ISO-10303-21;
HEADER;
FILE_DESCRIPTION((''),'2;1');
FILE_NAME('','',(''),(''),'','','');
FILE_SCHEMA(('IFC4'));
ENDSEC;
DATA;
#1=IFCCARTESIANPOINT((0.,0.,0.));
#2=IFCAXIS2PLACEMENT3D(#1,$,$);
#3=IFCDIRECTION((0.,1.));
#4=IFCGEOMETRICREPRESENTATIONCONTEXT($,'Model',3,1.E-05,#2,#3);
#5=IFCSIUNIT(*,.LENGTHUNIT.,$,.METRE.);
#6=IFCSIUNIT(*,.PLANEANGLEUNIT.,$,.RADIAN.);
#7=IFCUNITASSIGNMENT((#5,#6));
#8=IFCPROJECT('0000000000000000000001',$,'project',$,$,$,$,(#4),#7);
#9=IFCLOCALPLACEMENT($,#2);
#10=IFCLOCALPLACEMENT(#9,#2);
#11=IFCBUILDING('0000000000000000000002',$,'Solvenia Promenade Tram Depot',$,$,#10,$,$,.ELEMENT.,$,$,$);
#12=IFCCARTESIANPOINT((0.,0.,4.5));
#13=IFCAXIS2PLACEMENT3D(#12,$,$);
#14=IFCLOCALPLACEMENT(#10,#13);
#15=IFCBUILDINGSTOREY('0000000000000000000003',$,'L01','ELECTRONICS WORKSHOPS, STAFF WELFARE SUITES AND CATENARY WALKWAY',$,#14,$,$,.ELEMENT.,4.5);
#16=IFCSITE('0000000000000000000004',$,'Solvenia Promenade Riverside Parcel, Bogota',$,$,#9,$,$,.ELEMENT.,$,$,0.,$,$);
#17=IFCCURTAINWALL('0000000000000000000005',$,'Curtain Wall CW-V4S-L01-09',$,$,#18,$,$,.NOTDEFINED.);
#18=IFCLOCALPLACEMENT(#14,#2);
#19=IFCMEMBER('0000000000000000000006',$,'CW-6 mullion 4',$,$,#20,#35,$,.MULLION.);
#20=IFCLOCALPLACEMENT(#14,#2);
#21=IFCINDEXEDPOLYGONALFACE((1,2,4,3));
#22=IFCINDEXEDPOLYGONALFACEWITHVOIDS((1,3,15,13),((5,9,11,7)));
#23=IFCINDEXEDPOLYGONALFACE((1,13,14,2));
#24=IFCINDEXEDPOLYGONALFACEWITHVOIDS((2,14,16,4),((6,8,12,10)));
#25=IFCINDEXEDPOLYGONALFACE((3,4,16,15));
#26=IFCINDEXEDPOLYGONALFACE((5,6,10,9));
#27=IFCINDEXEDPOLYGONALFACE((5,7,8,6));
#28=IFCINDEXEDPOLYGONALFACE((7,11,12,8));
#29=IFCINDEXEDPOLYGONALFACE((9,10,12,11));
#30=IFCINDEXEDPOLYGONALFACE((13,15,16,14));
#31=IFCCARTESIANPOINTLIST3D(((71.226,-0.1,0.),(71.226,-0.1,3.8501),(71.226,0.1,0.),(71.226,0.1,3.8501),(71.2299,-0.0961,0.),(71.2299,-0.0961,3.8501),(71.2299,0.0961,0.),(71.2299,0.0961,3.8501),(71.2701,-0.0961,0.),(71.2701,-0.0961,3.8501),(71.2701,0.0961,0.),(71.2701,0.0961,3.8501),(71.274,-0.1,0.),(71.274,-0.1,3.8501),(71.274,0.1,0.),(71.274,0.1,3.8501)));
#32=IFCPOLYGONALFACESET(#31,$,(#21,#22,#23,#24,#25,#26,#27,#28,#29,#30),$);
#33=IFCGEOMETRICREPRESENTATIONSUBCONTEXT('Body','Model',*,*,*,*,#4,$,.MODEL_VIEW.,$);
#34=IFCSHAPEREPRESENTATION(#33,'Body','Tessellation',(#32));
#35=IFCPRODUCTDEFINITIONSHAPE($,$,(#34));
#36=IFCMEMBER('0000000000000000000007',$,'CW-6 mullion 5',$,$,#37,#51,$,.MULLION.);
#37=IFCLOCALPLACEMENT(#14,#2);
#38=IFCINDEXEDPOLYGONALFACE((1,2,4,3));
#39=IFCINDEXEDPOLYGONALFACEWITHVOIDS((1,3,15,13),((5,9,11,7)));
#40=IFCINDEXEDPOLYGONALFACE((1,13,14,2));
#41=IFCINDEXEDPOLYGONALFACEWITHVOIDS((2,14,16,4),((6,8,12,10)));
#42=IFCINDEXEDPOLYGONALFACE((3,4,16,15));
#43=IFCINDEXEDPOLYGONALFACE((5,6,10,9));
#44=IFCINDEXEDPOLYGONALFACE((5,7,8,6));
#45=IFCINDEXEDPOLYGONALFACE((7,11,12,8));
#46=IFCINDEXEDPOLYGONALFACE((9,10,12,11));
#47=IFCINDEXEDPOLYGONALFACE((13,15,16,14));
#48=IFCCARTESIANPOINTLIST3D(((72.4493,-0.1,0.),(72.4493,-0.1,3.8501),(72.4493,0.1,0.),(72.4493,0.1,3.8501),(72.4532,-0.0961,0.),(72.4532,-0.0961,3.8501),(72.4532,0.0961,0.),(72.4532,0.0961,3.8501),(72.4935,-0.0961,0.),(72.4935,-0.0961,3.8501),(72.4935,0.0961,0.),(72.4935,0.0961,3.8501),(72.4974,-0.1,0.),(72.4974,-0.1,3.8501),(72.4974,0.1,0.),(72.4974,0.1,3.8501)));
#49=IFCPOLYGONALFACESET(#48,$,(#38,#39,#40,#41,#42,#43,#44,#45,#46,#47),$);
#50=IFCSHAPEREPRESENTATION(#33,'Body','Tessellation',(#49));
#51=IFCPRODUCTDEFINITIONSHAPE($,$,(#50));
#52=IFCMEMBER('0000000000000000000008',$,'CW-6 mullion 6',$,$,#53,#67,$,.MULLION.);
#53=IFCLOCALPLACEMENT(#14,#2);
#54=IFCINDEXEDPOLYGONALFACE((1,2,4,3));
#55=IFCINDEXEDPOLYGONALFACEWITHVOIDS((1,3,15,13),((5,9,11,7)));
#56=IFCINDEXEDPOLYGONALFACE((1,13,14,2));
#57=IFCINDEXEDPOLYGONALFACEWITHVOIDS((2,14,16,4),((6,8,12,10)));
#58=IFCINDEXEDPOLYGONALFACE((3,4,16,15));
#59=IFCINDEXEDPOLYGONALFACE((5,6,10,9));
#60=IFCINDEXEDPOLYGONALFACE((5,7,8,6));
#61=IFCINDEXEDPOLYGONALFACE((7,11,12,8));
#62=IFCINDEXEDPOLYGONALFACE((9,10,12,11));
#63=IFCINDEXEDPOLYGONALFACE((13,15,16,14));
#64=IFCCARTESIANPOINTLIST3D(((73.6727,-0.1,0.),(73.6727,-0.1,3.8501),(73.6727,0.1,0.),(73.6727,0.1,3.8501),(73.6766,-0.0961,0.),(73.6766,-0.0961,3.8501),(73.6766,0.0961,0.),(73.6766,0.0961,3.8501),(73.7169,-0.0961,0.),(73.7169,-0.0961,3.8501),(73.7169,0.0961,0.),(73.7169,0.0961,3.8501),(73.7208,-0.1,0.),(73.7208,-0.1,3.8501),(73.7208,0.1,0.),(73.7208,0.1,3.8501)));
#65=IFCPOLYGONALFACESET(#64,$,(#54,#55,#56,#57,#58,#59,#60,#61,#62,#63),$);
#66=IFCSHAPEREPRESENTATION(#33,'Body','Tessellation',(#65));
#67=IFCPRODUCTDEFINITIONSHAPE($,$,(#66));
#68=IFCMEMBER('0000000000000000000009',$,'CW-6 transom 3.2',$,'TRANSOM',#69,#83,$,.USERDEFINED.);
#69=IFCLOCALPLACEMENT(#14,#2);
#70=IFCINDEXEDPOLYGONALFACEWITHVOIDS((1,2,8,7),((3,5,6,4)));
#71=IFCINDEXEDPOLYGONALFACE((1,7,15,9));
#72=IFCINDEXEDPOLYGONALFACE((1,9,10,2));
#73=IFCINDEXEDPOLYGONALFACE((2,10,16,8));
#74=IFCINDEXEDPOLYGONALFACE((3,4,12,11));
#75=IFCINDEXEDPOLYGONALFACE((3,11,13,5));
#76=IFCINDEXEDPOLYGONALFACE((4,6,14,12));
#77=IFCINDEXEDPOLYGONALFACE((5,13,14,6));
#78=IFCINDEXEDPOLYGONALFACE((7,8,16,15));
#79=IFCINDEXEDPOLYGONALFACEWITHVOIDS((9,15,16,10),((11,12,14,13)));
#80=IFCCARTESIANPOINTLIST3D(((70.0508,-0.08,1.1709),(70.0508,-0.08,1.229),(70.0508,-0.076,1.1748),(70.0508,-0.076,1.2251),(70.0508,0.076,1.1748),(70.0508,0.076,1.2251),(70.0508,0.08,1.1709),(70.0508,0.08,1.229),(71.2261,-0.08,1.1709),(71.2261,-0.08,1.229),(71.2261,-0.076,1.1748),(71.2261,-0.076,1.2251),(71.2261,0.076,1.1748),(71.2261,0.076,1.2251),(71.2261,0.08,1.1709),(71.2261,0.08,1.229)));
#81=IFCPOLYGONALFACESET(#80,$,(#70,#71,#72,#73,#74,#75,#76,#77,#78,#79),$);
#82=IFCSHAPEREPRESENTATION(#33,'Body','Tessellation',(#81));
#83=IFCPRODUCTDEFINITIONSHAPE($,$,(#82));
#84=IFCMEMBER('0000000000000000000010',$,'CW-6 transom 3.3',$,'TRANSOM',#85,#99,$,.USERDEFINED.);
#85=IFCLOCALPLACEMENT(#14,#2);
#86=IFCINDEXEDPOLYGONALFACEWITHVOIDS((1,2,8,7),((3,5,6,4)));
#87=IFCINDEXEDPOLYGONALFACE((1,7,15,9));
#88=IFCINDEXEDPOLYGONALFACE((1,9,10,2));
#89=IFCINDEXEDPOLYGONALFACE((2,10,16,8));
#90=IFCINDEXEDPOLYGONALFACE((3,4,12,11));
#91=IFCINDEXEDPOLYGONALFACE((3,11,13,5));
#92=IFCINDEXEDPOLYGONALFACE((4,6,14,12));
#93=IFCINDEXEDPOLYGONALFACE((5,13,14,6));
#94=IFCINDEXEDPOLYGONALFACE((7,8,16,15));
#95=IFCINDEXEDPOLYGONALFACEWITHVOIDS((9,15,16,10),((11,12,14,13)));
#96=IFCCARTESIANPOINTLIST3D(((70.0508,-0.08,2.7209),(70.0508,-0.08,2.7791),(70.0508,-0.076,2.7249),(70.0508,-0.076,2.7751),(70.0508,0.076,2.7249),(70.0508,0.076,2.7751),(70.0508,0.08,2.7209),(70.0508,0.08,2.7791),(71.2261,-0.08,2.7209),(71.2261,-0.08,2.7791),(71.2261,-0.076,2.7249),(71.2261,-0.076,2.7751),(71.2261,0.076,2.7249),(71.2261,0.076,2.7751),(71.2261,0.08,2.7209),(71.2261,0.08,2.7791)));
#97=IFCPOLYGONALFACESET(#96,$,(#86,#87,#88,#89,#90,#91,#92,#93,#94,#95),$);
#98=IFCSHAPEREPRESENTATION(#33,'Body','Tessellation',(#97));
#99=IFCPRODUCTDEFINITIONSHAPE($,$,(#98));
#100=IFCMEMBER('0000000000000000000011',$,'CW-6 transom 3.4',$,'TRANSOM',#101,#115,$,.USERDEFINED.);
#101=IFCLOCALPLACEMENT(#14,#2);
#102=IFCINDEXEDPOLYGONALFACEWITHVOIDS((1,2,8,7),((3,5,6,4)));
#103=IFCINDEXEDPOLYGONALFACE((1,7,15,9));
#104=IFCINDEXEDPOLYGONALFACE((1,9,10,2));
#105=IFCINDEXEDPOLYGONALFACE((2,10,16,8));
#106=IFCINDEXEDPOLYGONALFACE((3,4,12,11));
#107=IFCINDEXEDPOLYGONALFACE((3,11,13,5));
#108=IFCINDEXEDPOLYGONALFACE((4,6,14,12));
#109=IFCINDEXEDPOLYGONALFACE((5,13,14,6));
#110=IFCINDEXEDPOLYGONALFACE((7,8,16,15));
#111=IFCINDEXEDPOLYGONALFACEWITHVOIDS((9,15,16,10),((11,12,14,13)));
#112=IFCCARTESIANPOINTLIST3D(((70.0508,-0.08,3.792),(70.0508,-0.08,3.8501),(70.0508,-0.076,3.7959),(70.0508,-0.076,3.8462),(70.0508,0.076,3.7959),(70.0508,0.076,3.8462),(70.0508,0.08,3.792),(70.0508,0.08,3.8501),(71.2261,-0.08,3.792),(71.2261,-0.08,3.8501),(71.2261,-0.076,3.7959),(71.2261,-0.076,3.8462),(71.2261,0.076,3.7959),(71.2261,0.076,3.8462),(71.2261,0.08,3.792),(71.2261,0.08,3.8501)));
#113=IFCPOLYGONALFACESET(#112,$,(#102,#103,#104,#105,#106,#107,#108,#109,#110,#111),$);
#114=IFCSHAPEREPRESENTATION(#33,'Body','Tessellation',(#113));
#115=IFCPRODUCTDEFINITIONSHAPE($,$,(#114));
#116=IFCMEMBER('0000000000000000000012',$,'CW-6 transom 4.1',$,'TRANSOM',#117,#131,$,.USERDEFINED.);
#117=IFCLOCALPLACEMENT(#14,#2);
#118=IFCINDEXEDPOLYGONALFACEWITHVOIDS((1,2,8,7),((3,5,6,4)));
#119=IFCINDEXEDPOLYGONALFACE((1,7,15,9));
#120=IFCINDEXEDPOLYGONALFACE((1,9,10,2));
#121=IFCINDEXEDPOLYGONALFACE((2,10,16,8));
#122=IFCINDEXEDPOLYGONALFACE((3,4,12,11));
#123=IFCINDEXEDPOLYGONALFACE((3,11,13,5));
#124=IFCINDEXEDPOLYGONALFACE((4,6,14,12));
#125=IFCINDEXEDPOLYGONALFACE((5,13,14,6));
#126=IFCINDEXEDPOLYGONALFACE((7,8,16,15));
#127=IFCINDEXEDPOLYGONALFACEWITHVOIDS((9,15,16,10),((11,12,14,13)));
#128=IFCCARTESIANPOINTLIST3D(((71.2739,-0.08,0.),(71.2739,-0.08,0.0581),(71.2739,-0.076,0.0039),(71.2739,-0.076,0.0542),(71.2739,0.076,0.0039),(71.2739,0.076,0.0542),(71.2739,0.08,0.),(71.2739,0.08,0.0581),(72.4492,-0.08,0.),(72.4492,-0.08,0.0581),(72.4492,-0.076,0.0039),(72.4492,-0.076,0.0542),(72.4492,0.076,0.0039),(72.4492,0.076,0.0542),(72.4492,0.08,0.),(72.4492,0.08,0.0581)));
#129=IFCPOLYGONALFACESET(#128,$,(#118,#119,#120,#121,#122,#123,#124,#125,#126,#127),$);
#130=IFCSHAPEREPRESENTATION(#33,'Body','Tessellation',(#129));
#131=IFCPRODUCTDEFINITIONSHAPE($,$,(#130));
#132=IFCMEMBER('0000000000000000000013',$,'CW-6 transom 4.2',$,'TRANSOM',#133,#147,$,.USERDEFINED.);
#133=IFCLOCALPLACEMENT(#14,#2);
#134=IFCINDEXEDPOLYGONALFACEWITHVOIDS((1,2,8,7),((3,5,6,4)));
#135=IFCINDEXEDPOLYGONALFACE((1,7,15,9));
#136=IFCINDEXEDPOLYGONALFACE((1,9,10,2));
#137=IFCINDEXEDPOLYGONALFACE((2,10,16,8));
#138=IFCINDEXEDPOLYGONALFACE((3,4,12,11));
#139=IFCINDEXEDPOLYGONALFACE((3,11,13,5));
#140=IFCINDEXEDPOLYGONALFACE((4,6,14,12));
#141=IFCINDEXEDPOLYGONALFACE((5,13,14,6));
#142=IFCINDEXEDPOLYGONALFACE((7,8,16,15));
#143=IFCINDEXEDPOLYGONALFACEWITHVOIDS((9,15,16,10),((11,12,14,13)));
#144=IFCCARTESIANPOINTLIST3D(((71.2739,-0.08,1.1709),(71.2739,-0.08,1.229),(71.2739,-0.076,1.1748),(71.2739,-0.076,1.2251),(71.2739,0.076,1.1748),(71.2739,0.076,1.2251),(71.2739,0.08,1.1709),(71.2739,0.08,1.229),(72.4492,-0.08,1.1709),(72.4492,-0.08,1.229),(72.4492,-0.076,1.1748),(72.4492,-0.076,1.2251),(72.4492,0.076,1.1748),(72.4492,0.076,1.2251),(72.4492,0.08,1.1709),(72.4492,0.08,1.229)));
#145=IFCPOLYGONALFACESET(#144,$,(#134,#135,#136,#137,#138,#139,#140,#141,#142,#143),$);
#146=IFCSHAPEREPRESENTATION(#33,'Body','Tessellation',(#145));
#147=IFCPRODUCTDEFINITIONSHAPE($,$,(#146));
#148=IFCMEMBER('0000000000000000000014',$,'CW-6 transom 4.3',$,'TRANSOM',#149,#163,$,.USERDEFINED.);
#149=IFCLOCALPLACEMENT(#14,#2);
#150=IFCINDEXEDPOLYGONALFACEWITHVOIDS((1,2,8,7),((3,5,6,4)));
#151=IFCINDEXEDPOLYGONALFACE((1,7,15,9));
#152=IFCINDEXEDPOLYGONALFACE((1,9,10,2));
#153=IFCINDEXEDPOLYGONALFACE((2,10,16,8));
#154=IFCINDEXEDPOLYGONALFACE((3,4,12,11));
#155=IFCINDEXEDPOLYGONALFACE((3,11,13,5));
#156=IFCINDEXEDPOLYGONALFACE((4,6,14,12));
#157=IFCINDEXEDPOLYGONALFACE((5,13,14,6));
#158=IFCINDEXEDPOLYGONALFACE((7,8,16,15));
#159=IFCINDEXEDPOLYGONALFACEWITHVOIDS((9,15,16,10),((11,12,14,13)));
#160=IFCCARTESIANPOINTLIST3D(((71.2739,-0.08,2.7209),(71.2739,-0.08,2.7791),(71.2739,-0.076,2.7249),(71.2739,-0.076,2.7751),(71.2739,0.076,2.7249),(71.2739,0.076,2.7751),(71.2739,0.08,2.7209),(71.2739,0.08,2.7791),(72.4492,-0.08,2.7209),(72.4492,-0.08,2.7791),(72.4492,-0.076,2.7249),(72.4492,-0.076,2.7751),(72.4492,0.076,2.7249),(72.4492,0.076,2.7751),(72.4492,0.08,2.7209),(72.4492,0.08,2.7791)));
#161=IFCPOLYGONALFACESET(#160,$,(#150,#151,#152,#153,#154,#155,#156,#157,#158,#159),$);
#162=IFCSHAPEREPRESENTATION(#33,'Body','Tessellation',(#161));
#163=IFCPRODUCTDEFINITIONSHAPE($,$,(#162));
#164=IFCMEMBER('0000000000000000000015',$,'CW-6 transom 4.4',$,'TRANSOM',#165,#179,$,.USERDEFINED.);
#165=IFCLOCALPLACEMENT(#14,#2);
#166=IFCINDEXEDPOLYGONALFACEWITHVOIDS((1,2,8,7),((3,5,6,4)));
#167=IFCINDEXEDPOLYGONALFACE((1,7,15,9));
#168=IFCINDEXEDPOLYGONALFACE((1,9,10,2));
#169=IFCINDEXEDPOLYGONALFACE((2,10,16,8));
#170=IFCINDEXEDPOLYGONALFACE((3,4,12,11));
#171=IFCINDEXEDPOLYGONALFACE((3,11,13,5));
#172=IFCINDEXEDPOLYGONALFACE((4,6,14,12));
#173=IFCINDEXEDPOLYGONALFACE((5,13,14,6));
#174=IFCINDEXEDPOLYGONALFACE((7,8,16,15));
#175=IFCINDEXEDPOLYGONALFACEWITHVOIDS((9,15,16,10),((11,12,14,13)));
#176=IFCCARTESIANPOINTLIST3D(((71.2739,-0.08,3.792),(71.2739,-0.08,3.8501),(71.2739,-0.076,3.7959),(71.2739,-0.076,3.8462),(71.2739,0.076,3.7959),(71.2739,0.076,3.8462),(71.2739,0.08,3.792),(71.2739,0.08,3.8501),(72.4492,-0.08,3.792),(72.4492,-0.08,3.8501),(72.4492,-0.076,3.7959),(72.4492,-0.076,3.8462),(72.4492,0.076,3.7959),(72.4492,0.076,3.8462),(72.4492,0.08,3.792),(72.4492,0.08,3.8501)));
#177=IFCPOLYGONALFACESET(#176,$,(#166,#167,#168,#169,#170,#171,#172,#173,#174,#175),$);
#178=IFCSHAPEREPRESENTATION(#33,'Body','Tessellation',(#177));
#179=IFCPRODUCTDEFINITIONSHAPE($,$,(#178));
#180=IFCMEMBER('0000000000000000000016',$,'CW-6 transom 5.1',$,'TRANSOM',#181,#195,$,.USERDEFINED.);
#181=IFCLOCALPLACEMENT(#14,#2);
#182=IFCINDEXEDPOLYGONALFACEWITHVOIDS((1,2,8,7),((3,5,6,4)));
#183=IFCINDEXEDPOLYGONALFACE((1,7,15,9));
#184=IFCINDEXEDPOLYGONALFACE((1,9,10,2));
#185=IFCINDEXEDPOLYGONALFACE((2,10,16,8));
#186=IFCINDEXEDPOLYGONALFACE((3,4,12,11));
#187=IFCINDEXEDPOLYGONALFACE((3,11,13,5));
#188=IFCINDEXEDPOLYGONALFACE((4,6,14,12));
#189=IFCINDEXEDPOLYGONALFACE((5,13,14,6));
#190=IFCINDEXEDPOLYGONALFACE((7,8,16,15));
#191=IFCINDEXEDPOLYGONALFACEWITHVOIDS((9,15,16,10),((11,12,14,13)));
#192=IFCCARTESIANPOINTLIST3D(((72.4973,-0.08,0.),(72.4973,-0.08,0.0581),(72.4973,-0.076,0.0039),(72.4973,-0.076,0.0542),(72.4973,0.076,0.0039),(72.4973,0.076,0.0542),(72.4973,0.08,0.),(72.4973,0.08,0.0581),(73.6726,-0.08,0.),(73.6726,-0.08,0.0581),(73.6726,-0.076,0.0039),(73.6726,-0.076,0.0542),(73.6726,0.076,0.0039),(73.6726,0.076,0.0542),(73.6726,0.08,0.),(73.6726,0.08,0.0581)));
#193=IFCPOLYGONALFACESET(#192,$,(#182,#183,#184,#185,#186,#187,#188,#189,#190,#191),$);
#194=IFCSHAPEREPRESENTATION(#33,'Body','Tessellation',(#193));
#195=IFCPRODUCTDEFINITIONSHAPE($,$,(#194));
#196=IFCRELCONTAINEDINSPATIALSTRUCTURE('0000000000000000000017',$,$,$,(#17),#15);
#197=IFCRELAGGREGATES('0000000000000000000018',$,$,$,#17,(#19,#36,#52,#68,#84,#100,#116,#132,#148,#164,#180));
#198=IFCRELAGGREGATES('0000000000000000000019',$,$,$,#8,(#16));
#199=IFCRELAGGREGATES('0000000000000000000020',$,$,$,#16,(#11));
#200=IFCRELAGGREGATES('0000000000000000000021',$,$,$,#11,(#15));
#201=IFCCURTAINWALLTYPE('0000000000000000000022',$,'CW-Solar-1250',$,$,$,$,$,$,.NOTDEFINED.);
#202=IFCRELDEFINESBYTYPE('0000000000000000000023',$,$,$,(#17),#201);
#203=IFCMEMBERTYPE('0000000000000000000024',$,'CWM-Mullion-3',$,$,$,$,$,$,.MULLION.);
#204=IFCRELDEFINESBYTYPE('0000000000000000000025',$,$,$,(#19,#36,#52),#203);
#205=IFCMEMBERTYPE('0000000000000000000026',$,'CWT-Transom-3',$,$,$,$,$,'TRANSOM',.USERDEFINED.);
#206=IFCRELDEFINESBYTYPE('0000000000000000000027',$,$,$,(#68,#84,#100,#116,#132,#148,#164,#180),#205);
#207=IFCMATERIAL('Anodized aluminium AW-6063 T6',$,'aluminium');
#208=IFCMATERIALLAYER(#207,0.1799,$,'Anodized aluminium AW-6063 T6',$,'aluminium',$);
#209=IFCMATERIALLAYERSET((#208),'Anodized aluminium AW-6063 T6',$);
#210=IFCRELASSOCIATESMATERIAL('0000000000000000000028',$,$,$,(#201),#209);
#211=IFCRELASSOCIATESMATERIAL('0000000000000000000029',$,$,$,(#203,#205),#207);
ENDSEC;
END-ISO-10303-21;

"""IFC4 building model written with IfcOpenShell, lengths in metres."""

from ifc_helpers import new_model, si_unit, direction, frame, origin, origin_2d, place, context, subcontext, project, spatial, hollow_rectangle, extrude, material, layer, layer_set, material_profile, profile_set, type_object, element, aggregate, save


model = new_model("IFC4")

# Units and contexts
model_context = context("Model", 3, precision=1e-05, world=origin(), true_north=direction((0.0, 1.0)))
body_context = subcontext(model_context, "Body", "Model", "MODEL_VIEW")
ifc_project = project(units=[si_unit("LENGTHUNIT", "METRE"), si_unit("PLANEANGLEUNIT", "RADIAN")], contexts=[model_context])

# Site, building, storey
site_placement = place(None, origin())
site = spatial("IfcSite", under=ifc_project, at=site_placement, Name="Solvenia Promenade Riverside Parcel, Bogota", CompositionType="ELEMENT", RefElevation=0.0)
building_placement = place(site_placement, origin())
building = spatial("IfcBuilding", under=site, at=building_placement, Name="Solvenia Promenade Tram Depot", CompositionType="ELEMENT")
storey_placement = place(building_placement, frame((0.0, 0.0, 4.5)))
storey = spatial("IfcBuildingStorey", under=building, at=storey_placement, Name="L01", Description="ELECTRONICS WORKSHOPS, STAFF WELFARE SUITES AND CATENARY WALKWAY", CompositionType="ELEMENT", Elevation=4.5)

# Curtain wall, members
ifc_material_1 = material(Name="Anodized aluminium AW-6063 T6", Category="aluminium")
ifc_layer_1 = layer(ifc_material_1, 0.1799, Name="Anodized aluminium AW-6063 T6", Category="aluminium")
ifc_layer_set_1 = layer_set([ifc_layer_1], Name="Anodized aluminium AW-6063 T6")
curtain_wall_type = type_object("IfcCurtainWallType", Name="CW-Solar-1250", PredefinedType="NOTDEFINED", material=ifc_layer_set_1)
curtain_wall_placement = place(storey_placement, origin())
curtain_wall = element("IfcCurtainWall", 1, at=curtain_wall_placement, inside=storey, type_object=curtain_wall_type, Name="Curtain Wall CW-V4S-L01-09", PredefinedType="NOTDEFINED")
ifc_material_profile_1 = material_profile(ifc_material_1, hollow_rectangle(XDim=0.2, YDim=0.0481, WallThickness=0.0039, at=origin_2d()), Name="ALU-M3", Category="aluminium")
ifc_profile_set_1 = profile_set([ifc_material_profile_1], Name="Anodized aluminium AW-6063 T6")
member_type_1 = type_object("IfcMemberType", Name="CWM-Mullion-3", PredefinedType="MULLION", material=ifc_profile_set_1)
member_1_placement = place(storey_placement, frame((71.25, 0.0, 0.0), z_axis=(0.0, 0.0, 1.0), x_axis=(0.0, 1.0, 0.0)))
member_1 = element("IfcMember", 2, at=member_1_placement, type_object=member_type_1, Name="CW-6 mullion 4", PredefinedType="MULLION", context=body_context, shape_type="SweptSolid", body=[
    extrude(hollow_rectangle(XDim=0.2, YDim=0.0481, WallThickness=0.0039, at=origin_2d()), origin(), (0.0, 0.0, 1.0), 3.8501),
])
member_2_placement = place(storey_placement, frame((72.4734, 0.0, 0.0), z_axis=(0.0, 0.0, 1.0), x_axis=(0.0, 1.0, 0.0)))
member_2 = element("IfcMember", 3, at=member_2_placement, type_object=member_type_1, Name="CW-6 mullion 5", PredefinedType="MULLION", context=body_context, shape_type="SweptSolid", body=[
    extrude(hollow_rectangle(XDim=0.2, YDim=0.0481, WallThickness=0.0039, at=origin_2d()), origin(), (0.0, 0.0, 1.0), 3.8501),
])
member_3_placement = place(storey_placement, frame((73.6968, 0.0, 0.0), z_axis=(0.0, 0.0, 1.0), x_axis=(0.0, 1.0, 0.0)))
member_3 = element("IfcMember", 4, at=member_3_placement, type_object=member_type_1, Name="CW-6 mullion 6", PredefinedType="MULLION", context=body_context, shape_type="SweptSolid", body=[
    extrude(hollow_rectangle(XDim=0.2, YDim=0.0481, WallThickness=0.0039, at=origin_2d()), origin(), (0.0, 0.0, 1.0), 3.8501),
])
ifc_material_profile_2 = material_profile(ifc_material_1, hollow_rectangle(XDim=0.1599, YDim=0.0581, WallThickness=0.0039, at=origin_2d()), Name="ALU-T3", Category="aluminium")
ifc_profile_set_2 = profile_set([ifc_material_profile_2], Name="Anodized aluminium AW-6063 T6")
member_type_2 = type_object("IfcMemberType", Name="CWT-Transom-3", ElementType="TRANSOM", PredefinedType="USERDEFINED", material=ifc_profile_set_2)
member_4_placement = place(storey_placement, frame((70.0508, 0.0, 1.2), z_axis=(1.0, 0.0, 0.0), x_axis=(0.0, 1.0, 0.0)))
member_4 = element("IfcMember", 5, at=member_4_placement, type_object=member_type_2, Name="CW-6 transom 3.2", ObjectType="TRANSOM", PredefinedType="USERDEFINED", context=body_context, shape_type="SweptSolid", body=[
    extrude(hollow_rectangle(XDim=0.1599, YDim=0.0581, WallThickness=0.0039, at=origin_2d()), origin(), (0.0, 0.0, 1.0), 1.1753),
])
member_5_placement = place(storey_placement, frame((70.0508, 0.0, 2.75), z_axis=(1.0, 0.0, 0.0), x_axis=(0.0, 1.0, 0.0)))
member_5 = element("IfcMember", 6, at=member_5_placement, type_object=member_type_2, Name="CW-6 transom 3.3", ObjectType="TRANSOM", PredefinedType="USERDEFINED", context=body_context, shape_type="SweptSolid", body=[
    extrude(hollow_rectangle(XDim=0.1599, YDim=0.0581, WallThickness=0.0039, at=origin_2d()), origin(), (0.0, 0.0, 1.0), 1.1753),
])
member_6_placement = place(storey_placement, frame((70.0508, 0.0, 3.821), z_axis=(1.0, 0.0, 0.0), x_axis=(0.0, 1.0, 0.0)))
member_6 = element("IfcMember", 7, at=member_6_placement, type_object=member_type_2, Name="CW-6 transom 3.4", ObjectType="TRANSOM", PredefinedType="USERDEFINED", context=body_context, shape_type="SweptSolid", body=[
    extrude(hollow_rectangle(XDim=0.1599, YDim=0.0581, WallThickness=0.0039, at=origin_2d()), origin(), (0.0, 0.0, 1.0), 1.1753),
])
member_7_placement = place(storey_placement, frame((71.2739, 0.0, 0.0291), z_axis=(1.0, 0.0, 0.0), x_axis=(0.0, 1.0, 0.0)))
member_7 = element("IfcMember", 8, at=member_7_placement, type_object=member_type_2, Name="CW-6 transom 4.1", ObjectType="TRANSOM", PredefinedType="USERDEFINED", context=body_context, shape_type="SweptSolid", body=[
    extrude(hollow_rectangle(XDim=0.1599, YDim=0.0581, WallThickness=0.0039, at=origin_2d()), origin(), (0.0, 0.0, 1.0), 1.1753),
])
member_8_placement = place(storey_placement, frame((71.2739, 0.0, 1.2), z_axis=(1.0, 0.0, 0.0), x_axis=(0.0, 1.0, 0.0)))
member_8 = element("IfcMember", 9, at=member_8_placement, type_object=member_type_2, Name="CW-6 transom 4.2", ObjectType="TRANSOM", PredefinedType="USERDEFINED", context=body_context, shape_type="SweptSolid", body=[
    extrude(hollow_rectangle(XDim=0.1599, YDim=0.0581, WallThickness=0.0039, at=origin_2d()), origin(), (0.0, 0.0, 1.0), 1.1753),
])
member_9_placement = place(storey_placement, frame((71.2739, 0.0, 2.75), z_axis=(1.0, 0.0, 0.0), x_axis=(0.0, 1.0, 0.0)))
member_9 = element("IfcMember", 10, at=member_9_placement, type_object=member_type_2, Name="CW-6 transom 4.3", ObjectType="TRANSOM", PredefinedType="USERDEFINED", context=body_context, shape_type="SweptSolid", body=[
    extrude(hollow_rectangle(XDim=0.1599, YDim=0.0581, WallThickness=0.0039, at=origin_2d()), origin(), (0.0, 0.0, 1.0), 1.1753),
])
member_10_placement = place(storey_placement, frame((71.2739, 0.0, 3.821), z_axis=(1.0, 0.0, 0.0), x_axis=(0.0, 1.0, 0.0)))
member_10 = element("IfcMember", 11, at=member_10_placement, type_object=member_type_2, Name="CW-6 transom 4.4", ObjectType="TRANSOM", PredefinedType="USERDEFINED", context=body_context, shape_type="SweptSolid", body=[
    extrude(hollow_rectangle(XDim=0.1599, YDim=0.0581, WallThickness=0.0039, at=origin_2d()), origin(), (0.0, 0.0, 1.0), 1.1753),
])
member_11_placement = place(storey_placement, frame((72.4973, 0.0, 0.0291), z_axis=(1.0, 0.0, 0.0), x_axis=(0.0, 1.0, 0.0)))
member_11 = element("IfcMember", 12, at=member_11_placement, type_object=member_type_2, Name="CW-6 transom 5.1", ObjectType="TRANSOM", PredefinedType="USERDEFINED", context=body_context, shape_type="SweptSolid", body=[
    extrude(hollow_rectangle(XDim=0.1599, YDim=0.0581, WallThickness=0.0039, at=origin_2d()), origin(), (0.0, 0.0, 1.0), 1.1753),
])
aggregate(curtain_wall, [member_1, member_2, member_3, member_4, member_5, member_6, member_7, member_8, member_9, member_10, member_11])

save(model, "model.ifc")
